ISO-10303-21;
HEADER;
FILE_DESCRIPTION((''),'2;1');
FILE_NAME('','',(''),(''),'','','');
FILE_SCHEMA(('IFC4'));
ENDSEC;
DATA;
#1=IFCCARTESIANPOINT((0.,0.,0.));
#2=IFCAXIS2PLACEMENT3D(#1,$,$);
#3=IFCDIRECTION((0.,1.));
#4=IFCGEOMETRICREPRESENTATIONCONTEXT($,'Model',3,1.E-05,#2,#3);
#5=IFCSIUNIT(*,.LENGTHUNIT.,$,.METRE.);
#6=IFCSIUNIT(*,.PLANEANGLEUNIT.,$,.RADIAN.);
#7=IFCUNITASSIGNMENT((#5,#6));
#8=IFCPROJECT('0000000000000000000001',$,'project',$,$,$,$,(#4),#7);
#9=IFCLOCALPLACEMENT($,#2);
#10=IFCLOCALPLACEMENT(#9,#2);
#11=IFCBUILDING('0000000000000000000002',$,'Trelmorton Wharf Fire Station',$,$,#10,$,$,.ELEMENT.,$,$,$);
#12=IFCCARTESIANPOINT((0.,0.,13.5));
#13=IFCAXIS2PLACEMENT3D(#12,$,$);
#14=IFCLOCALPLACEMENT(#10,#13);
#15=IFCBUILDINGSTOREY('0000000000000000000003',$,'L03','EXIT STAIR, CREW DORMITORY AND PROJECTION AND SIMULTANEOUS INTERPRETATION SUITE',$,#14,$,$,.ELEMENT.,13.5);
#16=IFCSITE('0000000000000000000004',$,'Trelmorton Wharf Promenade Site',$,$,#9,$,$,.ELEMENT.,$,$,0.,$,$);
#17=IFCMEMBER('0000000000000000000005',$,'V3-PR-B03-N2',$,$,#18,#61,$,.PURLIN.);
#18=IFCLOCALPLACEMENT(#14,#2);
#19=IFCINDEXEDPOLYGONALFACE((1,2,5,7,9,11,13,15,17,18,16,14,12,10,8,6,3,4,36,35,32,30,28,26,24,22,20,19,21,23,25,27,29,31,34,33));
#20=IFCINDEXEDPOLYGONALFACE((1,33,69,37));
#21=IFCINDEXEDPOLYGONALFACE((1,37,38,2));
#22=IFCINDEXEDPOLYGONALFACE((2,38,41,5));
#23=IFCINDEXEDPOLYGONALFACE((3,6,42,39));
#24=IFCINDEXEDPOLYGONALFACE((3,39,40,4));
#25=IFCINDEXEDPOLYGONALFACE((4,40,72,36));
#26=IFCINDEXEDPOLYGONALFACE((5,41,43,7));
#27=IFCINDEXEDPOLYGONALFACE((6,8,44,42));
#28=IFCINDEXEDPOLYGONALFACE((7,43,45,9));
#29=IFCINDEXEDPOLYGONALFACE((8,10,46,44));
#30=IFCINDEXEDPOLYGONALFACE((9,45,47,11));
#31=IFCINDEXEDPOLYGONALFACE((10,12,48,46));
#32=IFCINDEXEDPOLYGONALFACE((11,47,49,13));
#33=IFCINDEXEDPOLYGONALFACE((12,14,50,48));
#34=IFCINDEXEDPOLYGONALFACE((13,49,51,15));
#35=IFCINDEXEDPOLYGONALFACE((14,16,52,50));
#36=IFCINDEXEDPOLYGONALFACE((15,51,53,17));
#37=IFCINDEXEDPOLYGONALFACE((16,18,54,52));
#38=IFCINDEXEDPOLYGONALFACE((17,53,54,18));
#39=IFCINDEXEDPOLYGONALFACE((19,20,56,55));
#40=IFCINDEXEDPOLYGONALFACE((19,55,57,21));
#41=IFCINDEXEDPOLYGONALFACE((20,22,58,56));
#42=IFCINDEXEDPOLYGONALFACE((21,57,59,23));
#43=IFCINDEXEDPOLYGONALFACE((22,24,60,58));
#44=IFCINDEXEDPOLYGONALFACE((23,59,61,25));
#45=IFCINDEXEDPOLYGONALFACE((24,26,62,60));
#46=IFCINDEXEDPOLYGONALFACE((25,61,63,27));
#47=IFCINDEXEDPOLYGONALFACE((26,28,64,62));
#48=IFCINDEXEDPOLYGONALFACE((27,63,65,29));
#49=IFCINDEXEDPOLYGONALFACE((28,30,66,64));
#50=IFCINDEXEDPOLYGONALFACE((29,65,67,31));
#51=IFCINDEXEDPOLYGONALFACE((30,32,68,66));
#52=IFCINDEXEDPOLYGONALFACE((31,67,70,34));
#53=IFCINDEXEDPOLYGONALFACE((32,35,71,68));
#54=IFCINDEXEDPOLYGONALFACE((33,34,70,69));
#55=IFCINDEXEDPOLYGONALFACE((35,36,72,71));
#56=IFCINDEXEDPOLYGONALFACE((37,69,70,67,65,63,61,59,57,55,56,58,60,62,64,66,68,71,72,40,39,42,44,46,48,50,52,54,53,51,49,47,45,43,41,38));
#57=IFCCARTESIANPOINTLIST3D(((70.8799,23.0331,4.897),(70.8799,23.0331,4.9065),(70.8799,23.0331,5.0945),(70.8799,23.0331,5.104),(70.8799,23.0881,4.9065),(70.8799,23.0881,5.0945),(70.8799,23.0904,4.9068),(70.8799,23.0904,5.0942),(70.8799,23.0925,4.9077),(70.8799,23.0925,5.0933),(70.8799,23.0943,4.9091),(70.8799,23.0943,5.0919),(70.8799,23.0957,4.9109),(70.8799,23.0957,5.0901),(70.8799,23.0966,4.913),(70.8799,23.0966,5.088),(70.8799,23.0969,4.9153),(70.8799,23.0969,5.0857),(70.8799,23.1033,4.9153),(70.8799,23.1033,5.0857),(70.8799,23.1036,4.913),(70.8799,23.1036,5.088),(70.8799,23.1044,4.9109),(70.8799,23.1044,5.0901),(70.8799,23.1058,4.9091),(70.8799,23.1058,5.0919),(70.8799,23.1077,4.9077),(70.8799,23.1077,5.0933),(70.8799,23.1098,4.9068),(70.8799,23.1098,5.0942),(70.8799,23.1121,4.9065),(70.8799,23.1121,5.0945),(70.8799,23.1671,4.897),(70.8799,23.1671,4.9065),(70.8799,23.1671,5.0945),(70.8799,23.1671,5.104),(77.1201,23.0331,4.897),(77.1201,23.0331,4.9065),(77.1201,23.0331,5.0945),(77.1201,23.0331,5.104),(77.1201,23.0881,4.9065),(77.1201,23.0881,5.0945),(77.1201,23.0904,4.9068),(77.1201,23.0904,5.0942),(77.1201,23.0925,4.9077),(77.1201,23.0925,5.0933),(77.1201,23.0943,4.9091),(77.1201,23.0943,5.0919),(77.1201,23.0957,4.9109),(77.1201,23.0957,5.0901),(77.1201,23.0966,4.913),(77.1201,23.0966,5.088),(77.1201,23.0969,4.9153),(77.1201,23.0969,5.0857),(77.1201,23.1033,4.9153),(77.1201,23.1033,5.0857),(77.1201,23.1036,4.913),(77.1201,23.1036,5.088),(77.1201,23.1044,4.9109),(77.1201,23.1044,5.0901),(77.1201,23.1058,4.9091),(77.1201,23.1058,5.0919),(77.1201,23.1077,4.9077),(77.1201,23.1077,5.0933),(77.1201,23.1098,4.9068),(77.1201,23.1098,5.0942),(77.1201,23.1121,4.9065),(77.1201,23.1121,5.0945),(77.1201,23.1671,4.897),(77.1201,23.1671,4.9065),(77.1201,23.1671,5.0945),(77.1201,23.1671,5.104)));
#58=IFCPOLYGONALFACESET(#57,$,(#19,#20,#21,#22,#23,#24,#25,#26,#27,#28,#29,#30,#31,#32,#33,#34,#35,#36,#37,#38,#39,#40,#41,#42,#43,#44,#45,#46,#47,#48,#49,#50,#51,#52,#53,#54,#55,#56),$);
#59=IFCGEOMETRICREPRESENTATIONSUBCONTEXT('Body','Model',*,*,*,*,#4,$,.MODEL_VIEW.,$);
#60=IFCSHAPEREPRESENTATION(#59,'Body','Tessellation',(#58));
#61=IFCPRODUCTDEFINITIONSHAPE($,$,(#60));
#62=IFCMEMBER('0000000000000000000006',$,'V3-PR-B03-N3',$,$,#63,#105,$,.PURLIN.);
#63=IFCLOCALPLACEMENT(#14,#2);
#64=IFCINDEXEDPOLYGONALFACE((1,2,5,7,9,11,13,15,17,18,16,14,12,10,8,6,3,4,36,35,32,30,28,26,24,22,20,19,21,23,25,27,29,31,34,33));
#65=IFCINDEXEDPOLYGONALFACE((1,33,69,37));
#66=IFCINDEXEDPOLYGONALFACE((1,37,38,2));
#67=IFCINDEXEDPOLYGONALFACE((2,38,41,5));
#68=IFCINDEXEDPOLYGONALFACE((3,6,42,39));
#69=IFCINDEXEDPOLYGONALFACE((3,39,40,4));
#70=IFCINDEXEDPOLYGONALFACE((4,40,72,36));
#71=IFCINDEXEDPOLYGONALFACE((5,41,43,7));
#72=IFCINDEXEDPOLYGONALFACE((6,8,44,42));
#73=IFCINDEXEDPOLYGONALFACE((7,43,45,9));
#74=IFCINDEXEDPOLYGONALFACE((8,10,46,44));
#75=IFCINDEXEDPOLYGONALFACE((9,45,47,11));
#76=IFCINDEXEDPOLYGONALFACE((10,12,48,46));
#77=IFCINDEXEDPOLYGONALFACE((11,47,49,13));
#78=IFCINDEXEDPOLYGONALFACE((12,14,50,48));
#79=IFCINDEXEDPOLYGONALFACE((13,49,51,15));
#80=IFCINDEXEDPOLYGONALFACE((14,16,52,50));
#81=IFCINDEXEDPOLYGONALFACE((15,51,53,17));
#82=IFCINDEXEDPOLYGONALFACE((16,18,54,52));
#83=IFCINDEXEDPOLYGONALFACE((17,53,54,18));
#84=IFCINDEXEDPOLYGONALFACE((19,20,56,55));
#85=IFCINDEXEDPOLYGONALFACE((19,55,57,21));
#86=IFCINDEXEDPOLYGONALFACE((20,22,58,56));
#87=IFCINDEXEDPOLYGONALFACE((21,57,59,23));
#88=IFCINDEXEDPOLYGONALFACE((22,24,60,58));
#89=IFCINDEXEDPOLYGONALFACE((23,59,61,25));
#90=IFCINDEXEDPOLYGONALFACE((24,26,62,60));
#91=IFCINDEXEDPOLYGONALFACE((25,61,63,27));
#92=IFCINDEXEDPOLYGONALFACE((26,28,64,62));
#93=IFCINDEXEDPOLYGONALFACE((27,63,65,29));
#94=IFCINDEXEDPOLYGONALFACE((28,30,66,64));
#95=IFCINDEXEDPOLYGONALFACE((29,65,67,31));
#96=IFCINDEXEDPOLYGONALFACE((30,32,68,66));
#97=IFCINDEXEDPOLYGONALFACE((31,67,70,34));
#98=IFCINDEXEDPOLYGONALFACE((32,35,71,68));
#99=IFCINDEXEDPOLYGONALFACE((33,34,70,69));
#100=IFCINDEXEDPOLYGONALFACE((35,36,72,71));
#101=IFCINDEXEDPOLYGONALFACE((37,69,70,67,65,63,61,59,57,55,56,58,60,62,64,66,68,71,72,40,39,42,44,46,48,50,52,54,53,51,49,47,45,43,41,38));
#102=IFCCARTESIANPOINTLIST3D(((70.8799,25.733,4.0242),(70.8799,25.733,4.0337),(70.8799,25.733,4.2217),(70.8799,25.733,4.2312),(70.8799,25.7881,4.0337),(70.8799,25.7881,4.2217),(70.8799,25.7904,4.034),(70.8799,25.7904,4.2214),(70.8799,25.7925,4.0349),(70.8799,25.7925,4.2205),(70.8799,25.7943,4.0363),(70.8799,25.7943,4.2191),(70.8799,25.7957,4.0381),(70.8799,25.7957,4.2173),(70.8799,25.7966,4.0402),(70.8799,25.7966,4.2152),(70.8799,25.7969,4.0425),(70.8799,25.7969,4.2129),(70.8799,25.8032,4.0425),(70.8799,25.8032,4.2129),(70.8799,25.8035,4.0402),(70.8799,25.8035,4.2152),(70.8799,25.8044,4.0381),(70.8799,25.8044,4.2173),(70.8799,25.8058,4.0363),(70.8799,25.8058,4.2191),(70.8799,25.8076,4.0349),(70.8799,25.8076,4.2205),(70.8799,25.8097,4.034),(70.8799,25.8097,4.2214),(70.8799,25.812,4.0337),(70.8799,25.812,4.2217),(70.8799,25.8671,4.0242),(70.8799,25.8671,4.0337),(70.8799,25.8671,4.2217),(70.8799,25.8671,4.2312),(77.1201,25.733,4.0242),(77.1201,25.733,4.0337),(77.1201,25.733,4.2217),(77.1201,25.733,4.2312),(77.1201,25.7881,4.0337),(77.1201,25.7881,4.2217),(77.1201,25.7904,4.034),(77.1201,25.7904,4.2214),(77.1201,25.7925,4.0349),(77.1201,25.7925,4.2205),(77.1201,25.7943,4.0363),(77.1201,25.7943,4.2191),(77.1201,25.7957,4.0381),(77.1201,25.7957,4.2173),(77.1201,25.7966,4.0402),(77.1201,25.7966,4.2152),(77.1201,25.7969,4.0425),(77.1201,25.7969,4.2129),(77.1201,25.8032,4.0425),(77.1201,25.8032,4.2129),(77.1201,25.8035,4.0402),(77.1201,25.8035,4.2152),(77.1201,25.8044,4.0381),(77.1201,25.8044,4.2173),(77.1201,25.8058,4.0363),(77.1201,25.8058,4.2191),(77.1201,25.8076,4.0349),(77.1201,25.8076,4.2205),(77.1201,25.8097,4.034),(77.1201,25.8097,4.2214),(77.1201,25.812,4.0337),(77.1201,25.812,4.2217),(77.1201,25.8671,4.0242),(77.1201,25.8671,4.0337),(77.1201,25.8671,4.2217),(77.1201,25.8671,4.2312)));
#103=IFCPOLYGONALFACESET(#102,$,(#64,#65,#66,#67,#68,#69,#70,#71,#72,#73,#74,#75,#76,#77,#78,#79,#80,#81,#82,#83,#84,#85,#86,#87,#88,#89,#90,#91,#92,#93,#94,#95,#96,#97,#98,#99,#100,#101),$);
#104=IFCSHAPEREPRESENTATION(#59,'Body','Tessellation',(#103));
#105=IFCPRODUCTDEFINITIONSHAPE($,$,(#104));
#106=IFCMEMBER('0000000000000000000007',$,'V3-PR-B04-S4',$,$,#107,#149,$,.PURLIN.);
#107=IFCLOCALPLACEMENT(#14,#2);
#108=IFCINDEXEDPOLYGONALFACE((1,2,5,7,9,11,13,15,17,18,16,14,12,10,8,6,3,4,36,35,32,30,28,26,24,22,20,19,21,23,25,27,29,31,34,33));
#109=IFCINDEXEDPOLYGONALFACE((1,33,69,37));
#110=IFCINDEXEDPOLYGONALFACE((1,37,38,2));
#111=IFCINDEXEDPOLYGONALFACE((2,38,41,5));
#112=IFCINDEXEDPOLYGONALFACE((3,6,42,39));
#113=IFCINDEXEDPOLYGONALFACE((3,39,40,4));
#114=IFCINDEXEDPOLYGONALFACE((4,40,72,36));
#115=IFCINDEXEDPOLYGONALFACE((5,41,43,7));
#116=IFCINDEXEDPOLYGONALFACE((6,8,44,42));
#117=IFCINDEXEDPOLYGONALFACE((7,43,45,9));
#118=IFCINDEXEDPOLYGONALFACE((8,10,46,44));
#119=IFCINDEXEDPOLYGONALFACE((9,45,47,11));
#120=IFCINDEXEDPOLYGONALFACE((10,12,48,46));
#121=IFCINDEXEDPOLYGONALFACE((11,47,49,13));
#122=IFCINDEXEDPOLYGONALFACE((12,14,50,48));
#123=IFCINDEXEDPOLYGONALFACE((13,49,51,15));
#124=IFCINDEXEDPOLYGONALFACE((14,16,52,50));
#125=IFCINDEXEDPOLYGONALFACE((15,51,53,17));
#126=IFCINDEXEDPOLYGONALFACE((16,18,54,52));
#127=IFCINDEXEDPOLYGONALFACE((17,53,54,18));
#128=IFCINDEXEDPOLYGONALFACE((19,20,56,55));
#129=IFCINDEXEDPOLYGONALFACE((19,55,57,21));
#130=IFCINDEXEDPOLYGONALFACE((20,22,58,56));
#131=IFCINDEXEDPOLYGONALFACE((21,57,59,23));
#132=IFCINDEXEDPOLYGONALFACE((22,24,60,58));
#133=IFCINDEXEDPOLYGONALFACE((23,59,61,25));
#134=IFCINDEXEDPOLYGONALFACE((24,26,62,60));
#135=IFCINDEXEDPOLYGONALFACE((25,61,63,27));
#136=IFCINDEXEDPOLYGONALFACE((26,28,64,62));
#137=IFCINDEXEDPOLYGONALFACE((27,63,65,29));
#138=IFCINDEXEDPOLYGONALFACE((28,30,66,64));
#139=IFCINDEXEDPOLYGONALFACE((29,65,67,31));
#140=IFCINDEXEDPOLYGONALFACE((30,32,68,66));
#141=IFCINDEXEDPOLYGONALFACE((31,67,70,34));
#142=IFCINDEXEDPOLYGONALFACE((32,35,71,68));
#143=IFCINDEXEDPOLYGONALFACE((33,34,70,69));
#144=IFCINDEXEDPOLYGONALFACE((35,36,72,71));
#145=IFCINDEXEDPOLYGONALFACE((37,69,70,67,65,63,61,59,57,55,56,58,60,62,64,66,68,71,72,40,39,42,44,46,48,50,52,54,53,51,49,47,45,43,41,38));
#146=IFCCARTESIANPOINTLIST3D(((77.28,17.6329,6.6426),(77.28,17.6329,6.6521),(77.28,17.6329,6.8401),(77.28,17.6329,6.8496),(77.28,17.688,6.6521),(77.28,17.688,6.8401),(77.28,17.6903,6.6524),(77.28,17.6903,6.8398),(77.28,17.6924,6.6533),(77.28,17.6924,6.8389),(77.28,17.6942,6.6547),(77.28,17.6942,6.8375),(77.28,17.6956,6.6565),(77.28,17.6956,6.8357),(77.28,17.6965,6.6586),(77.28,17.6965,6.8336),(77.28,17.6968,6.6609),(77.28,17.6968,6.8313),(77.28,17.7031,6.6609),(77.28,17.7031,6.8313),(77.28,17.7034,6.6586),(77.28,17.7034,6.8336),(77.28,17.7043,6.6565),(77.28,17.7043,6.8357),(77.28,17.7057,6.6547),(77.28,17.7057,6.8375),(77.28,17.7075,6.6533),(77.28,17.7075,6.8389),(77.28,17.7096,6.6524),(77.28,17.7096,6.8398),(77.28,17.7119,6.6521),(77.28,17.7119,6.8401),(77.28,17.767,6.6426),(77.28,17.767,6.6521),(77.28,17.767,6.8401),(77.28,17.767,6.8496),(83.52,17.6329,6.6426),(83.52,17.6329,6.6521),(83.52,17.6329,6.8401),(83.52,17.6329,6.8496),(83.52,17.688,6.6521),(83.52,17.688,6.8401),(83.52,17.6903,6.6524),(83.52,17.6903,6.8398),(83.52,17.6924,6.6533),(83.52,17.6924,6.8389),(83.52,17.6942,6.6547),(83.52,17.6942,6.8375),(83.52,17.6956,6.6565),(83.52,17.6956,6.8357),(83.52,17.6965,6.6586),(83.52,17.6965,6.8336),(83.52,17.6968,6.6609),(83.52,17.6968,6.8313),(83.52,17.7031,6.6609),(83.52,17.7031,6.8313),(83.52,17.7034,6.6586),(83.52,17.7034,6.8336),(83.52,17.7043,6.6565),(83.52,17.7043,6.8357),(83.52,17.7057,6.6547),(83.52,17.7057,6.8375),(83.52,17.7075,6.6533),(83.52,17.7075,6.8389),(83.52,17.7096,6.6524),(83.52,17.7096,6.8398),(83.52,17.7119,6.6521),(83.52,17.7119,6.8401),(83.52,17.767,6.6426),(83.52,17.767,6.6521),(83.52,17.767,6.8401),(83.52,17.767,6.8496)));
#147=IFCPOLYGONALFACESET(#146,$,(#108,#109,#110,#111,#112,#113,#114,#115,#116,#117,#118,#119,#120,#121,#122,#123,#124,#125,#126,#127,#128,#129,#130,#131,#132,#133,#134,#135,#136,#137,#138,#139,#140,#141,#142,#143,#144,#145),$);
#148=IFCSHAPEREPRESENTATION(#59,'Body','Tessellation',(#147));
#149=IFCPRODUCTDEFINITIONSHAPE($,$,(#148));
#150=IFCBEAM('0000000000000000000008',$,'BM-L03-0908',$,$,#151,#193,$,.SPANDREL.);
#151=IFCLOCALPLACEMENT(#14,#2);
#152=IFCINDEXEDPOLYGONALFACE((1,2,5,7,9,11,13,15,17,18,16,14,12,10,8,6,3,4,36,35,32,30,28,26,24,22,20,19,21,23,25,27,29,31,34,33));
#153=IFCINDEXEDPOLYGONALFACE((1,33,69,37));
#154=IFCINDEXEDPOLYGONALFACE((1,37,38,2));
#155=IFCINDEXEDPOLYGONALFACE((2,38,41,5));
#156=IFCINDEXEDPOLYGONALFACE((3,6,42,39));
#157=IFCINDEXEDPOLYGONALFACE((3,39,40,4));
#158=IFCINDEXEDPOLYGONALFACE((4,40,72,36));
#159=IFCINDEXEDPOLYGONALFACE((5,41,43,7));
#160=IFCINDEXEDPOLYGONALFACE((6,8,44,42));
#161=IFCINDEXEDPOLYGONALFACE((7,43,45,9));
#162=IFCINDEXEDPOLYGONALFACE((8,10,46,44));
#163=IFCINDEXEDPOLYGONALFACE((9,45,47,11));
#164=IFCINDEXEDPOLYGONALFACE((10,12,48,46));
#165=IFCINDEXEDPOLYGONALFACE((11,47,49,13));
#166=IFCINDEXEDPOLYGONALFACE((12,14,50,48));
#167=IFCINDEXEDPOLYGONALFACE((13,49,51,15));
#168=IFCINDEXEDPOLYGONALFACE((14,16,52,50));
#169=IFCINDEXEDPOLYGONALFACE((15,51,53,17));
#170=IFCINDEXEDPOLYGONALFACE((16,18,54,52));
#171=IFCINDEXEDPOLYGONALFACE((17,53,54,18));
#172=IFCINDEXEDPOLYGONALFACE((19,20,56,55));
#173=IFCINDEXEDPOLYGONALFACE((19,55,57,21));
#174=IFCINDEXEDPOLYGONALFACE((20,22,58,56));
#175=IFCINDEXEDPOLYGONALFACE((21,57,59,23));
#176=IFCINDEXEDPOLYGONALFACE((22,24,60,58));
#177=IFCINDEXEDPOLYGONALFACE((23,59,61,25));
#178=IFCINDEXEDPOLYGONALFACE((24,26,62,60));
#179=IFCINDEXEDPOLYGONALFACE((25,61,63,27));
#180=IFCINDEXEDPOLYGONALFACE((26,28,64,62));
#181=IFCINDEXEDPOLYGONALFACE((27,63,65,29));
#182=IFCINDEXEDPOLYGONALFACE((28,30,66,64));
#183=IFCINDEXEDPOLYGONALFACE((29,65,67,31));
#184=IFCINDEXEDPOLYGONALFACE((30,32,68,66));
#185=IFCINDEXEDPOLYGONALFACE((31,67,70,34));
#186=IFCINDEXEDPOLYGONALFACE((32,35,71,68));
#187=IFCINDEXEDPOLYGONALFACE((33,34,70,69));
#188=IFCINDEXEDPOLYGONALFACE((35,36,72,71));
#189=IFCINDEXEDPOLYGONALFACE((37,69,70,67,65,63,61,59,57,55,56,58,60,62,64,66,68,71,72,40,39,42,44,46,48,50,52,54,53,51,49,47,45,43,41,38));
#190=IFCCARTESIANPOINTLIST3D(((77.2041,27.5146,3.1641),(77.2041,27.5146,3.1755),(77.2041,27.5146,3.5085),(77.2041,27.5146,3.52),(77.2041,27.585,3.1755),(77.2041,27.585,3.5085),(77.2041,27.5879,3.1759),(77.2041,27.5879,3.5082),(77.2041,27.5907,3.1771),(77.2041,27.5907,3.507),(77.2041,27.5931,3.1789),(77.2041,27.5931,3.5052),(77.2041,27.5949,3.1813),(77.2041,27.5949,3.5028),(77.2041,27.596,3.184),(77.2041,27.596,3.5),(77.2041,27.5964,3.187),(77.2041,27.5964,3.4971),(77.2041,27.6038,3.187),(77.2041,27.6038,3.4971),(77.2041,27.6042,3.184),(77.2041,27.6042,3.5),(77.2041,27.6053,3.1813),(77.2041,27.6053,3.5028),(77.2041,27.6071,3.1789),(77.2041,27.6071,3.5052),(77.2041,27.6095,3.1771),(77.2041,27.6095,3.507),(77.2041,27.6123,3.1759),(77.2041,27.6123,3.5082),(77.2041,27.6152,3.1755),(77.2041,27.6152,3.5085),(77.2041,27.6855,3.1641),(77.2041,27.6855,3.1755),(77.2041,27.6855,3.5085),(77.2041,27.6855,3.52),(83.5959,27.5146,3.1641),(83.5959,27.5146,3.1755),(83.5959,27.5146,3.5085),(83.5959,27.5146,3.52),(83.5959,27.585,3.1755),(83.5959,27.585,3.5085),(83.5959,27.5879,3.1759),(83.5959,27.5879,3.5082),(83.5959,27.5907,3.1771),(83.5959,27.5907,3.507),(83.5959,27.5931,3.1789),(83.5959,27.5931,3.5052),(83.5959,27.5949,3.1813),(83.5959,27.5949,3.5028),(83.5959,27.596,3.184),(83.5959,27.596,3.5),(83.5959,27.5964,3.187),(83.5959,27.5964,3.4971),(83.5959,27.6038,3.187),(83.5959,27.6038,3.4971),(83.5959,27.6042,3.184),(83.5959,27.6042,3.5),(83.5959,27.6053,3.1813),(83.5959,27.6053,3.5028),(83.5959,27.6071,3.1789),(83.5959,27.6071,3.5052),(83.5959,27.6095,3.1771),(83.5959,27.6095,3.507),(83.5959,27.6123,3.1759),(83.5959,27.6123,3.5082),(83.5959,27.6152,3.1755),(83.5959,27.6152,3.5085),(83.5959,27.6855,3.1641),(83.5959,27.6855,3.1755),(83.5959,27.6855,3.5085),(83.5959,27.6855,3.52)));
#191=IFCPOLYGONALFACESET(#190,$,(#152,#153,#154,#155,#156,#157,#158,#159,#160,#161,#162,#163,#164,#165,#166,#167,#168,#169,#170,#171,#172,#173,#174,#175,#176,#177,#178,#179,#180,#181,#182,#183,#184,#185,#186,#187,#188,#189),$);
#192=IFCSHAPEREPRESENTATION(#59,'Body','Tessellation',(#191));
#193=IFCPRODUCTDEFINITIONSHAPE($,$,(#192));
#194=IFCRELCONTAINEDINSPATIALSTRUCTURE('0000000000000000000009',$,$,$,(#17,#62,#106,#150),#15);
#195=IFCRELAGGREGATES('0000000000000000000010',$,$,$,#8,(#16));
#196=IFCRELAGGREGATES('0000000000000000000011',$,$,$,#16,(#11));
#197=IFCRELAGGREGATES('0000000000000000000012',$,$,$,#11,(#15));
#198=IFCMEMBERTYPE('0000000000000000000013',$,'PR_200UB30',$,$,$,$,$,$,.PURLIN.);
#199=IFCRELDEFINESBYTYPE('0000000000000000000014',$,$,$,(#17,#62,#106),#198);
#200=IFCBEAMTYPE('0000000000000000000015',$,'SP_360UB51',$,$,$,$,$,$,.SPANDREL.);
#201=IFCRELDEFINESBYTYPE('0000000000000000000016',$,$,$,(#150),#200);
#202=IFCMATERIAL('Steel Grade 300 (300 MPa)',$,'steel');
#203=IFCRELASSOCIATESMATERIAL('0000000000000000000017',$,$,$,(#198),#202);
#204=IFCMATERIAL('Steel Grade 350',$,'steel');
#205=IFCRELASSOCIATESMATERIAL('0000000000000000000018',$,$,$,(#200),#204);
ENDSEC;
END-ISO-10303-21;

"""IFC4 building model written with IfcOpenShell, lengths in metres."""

from ifc_helpers import new_model, si_unit, direction, frame, origin, origin_2d, place, context, subcontext, project, spatial, i_section, extrude, material, material_profile, profile_set, type_object, element, save


model = new_model("IFC4")

# Units and contexts
model_context = context("Model", 3, precision=1e-05, world=origin(), true_north=direction((0.0, 1.0)))
body_context = subcontext(model_context, "Body", "Model", "MODEL_VIEW")
ifc_project = project(units=[si_unit("LENGTHUNIT", "METRE"), si_unit("PLANEANGLEUNIT", "RADIAN")], contexts=[model_context])

# Site, building, storey
site_placement = place(None, origin())
site = spatial("IfcSite", under=ifc_project, at=site_placement, Name="Trelmorton Wharf Promenade Site", CompositionType="ELEMENT", RefElevation=0.0)
building_placement = place(site_placement, origin())
building = spatial("IfcBuilding", under=site, at=building_placement, Name="Trelmorton Wharf Fire Station", CompositionType="ELEMENT")
storey_placement = place(building_placement, frame((0.0, 0.0, 13.5)))
storey = spatial("IfcBuildingStorey", under=building, at=storey_placement, Name="L03", Description="EXIT STAIR, CREW DORMITORY AND PROJECTION AND SIMULTANEOUS INTERPRETATION SUITE", CompositionType="ELEMENT", Elevation=13.5)

# Shared definitions
ifc_material_1 = material(Name="Steel Grade 350", Category="steel")

# Members
ifc_material_2 = material(Name="Steel Grade 300 (300 MPa)", Category="steel")
ifc_material_profile_1 = material_profile(ifc_material_2, i_section(OverallWidth=0.134, OverallDepth=0.207, WebThickness=0.0063, FlangeThickness=0.0095, FilletRadius=0.0088, at=origin_2d()), Name="200UB29.8")
ifc_profile_set_1 = profile_set([ifc_material_profile_1], Name="Steel Grade 300 (300 MPa)")
member_type_1 = type_object("IfcMemberType", Name="PR_200UB30", PredefinedType="PURLIN", material=ifc_profile_set_1)
for number, where, z_axis, x_axis, name in (
    (1, (70.8799, 23.1001, 5.0005), (1.0, 0.0, 0.0), (0.0, 1.0, 0.0), "V3-PR-B03-N2"),
    (2, (70.8799, 25.8, 4.1277), (1.0, 0.0, 0.0), (0.0, 1.0, 0.0), "V3-PR-B03-N3"),
):
    element("IfcMember", number, at=place(storey_placement, frame(where, z_axis=z_axis, x_axis=x_axis)), inside=storey, type_object=member_type_1, Name=name, PredefinedType="PURLIN", context=body_context, shape_type="SweptSolid", body=[
        extrude(i_section(OverallWidth=0.134, OverallDepth=0.207, WebThickness=0.0063, FlangeThickness=0.0095, FilletRadius=0.0088, at=origin_2d()), origin(), (0.0, 0.0, 1.0), 6.2402),
    ])
member_1_placement = place(storey_placement, frame((77.28, 17.7, 6.7461), z_axis=(1.0, 0.0, 0.0), x_axis=(0.0, 1.0, 0.0)))
element("IfcMember", 3, at=member_1_placement, inside=storey, type_object=member_type_1, Name="V3-PR-B04-S4", PredefinedType="PURLIN", context=body_context, shape_type="SweptSolid", body=[
    extrude(i_section(OverallWidth=0.134, OverallDepth=0.207, WebThickness=0.0063, FlangeThickness=0.0095, FilletRadius=0.0088, at=origin_2d()), origin(), (0.0, 0.0, 1.0), 6.24),
])

# Beam
ifc_material_profile_2 = material_profile(ifc_material_1, i_section(OverallWidth=0.1709, OverallDepth=0.356, WebThickness=0.0073, FlangeThickness=0.0115, FilletRadius=0.0115, at=origin_2d()), Name="360UB50.7")
ifc_profile_set_2 = profile_set([ifc_material_profile_2], Name="Steel Grade 350")
beam_type_1 = type_object("IfcBeamType", Name="SP_360UB51", PredefinedType="SPANDREL", material=ifc_profile_set_2)
beam_1_placement = place(storey_placement, frame((77.2041, 27.6001, 3.342), z_axis=(1.0, 0.0, 0.0), x_axis=(0.0, 1.0, 0.0)))
element("IfcBeam", 4, at=beam_1_placement, inside=storey, type_object=beam_type_1, Name="BM-L03-0908", PredefinedType="SPANDREL", context=body_context, shape_type="SweptSolid", body=[
    extrude(i_section(OverallWidth=0.1709, OverallDepth=0.356, WebThickness=0.0073, FlangeThickness=0.0115, FilletRadius=0.0115, at=origin_2d()), origin(), (0.0, 0.0, 1.0), 6.3918),
])

save(model, "model.ifc")
